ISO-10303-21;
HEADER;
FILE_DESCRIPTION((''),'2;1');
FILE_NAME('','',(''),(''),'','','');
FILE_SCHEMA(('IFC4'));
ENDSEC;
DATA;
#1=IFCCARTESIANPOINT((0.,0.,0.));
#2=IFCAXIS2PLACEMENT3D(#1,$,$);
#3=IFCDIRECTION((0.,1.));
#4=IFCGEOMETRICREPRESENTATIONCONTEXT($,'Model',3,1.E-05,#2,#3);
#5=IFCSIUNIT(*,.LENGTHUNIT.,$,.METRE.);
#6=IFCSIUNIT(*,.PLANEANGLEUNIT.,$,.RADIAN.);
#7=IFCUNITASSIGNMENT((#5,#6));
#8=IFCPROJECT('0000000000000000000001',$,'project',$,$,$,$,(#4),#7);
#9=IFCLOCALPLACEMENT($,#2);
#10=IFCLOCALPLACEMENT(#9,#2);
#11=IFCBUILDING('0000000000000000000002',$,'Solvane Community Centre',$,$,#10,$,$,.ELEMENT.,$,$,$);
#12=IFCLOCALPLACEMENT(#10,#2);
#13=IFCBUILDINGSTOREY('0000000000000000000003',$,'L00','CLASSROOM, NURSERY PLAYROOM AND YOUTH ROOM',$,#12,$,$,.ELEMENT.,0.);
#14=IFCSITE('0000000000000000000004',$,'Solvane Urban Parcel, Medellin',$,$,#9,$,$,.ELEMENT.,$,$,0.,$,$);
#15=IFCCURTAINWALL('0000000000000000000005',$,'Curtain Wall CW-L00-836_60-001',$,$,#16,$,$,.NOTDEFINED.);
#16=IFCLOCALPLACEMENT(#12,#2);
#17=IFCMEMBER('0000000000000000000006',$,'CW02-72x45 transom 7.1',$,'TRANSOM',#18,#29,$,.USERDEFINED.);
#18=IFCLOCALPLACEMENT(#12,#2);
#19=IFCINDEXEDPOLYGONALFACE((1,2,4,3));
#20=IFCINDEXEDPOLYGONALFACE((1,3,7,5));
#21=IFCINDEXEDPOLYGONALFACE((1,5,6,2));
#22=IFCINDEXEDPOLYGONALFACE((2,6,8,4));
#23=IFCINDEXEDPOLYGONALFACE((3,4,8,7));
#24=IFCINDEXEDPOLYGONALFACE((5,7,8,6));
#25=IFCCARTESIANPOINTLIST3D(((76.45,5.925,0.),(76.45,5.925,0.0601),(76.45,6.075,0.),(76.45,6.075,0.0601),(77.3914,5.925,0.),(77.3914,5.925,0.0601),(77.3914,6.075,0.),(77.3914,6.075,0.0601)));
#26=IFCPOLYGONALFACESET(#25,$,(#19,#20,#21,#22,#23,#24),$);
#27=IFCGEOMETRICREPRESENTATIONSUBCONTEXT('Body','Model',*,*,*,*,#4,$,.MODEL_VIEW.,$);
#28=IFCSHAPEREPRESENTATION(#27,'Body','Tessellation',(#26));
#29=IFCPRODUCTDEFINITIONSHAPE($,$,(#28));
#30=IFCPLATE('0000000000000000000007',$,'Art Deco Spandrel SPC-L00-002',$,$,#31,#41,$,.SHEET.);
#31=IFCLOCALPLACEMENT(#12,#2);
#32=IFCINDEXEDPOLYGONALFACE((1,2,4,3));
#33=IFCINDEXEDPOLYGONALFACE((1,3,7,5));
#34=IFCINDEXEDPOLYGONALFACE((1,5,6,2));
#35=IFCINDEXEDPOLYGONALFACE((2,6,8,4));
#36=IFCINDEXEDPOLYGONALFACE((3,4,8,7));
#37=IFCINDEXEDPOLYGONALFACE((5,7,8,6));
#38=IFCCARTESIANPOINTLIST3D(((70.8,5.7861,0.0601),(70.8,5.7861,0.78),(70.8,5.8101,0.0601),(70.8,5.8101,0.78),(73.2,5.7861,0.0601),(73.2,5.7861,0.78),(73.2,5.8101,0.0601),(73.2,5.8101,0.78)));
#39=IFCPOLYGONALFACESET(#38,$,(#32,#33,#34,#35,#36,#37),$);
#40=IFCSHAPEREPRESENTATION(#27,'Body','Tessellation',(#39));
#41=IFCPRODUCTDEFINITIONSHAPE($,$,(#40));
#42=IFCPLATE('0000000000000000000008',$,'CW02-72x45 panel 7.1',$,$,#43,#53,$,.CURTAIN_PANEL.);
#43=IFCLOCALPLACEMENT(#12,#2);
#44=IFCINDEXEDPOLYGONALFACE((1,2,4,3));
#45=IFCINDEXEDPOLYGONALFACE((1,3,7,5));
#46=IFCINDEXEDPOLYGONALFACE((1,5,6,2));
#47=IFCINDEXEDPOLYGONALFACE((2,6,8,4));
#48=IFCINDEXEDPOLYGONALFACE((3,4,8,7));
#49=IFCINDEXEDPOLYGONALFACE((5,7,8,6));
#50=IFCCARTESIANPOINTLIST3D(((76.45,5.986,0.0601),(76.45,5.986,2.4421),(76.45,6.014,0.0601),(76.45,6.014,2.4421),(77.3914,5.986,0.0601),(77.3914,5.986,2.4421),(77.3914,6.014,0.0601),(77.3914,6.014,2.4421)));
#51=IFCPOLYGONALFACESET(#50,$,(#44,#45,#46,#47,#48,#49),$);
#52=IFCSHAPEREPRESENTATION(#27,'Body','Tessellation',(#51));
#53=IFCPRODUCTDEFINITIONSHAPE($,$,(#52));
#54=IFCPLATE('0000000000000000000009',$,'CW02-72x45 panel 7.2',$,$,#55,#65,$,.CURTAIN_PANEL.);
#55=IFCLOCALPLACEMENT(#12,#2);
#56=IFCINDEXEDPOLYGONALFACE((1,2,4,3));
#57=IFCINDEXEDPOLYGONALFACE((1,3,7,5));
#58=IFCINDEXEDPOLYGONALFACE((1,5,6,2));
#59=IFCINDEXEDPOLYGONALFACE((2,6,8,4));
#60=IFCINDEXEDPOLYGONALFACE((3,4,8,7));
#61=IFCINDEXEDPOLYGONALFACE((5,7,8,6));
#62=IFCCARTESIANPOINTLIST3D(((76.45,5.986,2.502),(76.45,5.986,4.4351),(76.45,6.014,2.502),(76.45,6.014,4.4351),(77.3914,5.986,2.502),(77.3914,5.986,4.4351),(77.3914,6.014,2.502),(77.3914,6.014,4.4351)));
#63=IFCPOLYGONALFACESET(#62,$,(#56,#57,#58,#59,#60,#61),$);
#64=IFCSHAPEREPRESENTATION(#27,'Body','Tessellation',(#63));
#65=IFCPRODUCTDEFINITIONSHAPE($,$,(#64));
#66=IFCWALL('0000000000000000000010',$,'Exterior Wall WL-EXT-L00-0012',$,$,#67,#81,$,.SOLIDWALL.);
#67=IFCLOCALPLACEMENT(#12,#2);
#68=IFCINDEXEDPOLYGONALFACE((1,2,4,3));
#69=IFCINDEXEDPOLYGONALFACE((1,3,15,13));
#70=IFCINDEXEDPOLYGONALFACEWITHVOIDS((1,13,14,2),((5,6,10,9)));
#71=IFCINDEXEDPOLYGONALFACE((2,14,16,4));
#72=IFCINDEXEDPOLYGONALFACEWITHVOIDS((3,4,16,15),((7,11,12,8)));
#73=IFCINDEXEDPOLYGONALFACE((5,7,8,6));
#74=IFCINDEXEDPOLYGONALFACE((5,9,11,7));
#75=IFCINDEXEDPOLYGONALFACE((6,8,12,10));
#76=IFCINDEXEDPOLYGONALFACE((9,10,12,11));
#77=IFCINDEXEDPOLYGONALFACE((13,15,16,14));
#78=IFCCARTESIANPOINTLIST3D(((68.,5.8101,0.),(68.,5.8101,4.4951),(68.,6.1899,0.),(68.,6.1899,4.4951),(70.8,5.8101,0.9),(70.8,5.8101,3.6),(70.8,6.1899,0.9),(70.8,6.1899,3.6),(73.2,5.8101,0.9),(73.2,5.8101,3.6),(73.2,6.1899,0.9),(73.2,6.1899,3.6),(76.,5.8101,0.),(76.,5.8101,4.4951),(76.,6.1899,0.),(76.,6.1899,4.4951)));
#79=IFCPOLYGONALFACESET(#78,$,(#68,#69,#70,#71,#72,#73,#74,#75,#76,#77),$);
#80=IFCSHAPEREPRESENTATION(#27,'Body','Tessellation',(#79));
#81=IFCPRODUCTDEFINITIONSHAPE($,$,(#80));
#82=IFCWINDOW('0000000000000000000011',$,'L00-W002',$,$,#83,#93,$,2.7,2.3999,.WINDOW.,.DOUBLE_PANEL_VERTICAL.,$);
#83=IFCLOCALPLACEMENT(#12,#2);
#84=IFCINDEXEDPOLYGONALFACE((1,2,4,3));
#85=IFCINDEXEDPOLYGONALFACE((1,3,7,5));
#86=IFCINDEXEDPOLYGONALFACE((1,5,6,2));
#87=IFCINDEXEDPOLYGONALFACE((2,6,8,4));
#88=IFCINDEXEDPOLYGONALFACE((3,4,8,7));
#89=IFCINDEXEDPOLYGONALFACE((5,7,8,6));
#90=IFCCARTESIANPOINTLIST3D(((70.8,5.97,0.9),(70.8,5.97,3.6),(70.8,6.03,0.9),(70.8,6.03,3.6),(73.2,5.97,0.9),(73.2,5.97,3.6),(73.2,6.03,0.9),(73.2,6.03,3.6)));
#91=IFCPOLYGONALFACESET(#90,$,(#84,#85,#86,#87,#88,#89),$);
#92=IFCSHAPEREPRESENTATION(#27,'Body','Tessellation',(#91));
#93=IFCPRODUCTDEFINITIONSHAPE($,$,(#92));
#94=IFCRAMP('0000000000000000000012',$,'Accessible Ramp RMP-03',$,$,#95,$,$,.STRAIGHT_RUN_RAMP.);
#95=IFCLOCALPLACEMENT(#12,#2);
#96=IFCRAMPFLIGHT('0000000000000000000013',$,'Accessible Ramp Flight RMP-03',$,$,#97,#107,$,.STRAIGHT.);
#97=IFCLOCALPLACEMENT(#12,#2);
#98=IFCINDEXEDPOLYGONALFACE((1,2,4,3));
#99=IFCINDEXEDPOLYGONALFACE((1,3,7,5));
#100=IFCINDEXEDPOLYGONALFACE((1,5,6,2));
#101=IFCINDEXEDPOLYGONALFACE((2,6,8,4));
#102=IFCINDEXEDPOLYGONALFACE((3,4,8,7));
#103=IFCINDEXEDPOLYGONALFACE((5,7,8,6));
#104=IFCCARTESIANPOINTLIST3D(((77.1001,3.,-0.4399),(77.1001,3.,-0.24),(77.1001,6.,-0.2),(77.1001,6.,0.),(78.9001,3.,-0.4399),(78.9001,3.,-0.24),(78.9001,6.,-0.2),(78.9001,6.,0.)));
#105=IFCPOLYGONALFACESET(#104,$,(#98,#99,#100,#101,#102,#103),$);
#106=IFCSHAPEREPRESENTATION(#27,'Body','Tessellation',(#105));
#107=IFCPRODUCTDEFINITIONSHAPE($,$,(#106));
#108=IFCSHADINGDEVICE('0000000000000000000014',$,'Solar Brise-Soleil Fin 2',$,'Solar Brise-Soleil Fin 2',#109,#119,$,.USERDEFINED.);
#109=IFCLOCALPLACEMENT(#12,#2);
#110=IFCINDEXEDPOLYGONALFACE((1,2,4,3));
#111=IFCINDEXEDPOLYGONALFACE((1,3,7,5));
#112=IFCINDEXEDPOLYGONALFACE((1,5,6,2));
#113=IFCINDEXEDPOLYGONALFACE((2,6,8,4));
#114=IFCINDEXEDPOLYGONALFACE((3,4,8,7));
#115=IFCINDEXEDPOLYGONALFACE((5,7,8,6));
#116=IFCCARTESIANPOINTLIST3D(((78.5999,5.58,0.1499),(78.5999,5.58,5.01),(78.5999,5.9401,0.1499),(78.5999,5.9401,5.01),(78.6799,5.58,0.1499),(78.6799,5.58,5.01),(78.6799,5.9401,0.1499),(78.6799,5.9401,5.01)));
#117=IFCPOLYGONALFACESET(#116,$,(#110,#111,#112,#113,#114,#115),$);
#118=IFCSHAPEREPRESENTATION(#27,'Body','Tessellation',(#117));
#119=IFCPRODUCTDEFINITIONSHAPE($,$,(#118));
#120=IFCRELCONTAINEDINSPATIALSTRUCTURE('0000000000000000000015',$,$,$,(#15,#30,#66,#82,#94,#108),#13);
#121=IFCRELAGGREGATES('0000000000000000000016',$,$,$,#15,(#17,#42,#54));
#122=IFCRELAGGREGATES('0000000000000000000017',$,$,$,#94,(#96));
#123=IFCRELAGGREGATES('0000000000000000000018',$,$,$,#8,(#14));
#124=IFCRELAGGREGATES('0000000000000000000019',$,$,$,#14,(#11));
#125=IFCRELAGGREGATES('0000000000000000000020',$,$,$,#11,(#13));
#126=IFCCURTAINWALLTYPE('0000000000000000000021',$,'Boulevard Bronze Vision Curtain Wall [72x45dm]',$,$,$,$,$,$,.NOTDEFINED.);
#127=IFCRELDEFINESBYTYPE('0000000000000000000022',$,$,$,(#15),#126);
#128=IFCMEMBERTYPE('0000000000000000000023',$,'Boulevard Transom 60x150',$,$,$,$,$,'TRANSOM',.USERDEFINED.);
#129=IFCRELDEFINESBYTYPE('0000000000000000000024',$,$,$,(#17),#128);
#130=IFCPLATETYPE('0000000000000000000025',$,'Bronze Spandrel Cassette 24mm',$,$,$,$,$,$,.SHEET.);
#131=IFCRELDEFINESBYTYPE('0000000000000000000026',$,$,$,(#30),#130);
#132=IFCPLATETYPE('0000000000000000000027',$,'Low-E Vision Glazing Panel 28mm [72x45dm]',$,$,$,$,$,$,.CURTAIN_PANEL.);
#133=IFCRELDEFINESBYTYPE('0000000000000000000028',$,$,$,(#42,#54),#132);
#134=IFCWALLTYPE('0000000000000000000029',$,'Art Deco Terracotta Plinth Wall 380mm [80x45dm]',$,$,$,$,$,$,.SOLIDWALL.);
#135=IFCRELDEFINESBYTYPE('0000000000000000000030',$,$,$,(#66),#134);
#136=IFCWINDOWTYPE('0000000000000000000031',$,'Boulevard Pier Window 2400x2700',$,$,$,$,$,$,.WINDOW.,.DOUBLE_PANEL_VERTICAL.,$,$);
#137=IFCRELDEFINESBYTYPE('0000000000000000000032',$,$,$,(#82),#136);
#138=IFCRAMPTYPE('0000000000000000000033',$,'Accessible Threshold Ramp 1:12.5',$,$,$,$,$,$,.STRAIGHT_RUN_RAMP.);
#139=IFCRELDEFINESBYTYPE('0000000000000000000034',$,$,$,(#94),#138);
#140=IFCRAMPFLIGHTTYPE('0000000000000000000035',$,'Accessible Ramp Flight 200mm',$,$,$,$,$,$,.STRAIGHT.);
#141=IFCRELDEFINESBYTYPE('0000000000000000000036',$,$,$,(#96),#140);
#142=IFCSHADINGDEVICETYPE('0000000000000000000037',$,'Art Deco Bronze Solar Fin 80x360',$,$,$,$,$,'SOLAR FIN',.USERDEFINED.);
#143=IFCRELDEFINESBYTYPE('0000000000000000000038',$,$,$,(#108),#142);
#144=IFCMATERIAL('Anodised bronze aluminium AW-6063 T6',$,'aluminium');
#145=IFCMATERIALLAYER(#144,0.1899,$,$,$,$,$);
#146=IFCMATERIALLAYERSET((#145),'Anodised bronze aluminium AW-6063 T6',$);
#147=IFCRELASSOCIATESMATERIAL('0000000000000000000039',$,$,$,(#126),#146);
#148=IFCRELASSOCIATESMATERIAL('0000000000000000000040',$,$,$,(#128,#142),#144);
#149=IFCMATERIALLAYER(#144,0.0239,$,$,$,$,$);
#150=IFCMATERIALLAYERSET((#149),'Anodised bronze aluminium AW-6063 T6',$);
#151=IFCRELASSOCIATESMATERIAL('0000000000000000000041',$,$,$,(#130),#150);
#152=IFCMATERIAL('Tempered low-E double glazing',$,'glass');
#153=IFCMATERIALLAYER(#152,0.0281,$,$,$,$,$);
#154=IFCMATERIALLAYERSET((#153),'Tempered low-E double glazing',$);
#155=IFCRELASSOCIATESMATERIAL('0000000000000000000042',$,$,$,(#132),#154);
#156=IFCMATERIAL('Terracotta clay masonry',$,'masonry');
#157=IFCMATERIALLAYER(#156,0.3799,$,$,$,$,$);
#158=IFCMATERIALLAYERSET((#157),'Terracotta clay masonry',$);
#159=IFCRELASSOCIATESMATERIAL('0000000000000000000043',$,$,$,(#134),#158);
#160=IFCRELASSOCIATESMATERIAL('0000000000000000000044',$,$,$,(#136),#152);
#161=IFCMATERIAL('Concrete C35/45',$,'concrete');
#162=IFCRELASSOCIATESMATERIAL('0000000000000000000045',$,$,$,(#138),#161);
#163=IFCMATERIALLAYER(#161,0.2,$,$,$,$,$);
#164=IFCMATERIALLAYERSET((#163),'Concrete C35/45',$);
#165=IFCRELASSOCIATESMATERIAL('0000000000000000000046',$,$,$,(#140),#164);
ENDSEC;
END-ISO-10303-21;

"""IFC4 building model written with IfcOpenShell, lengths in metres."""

from ifc_helpers import new_model, si_unit, direction, frame, frame_2d, origin, origin_2d, place, context, subcontext, project, spatial, polyline, rectangle, outline, extrude, material, layer, layer_set, material_profile, profile_set, type_object, element, fill, aggregate, save


model = new_model("IFC4")

# Units and contexts
model_context = context("Model", 3, precision=1e-05, world=origin(), true_north=direction((0.0, 1.0)))
body_context = subcontext(model_context, "Body", "Model", "MODEL_VIEW")
ifc_project = project(units=[si_unit("LENGTHUNIT", "METRE"), si_unit("PLANEANGLEUNIT", "RADIAN")], contexts=[model_context])

# Site, building, storey
site_placement = place(None, origin())
site = spatial("IfcSite", under=ifc_project, at=site_placement, Name="Solvane Urban Parcel, Medellin", CompositionType="ELEMENT", RefElevation=0.0)
building_placement = place(site_placement, origin())
building = spatial("IfcBuilding", under=site, at=building_placement, Name="Solvane Community Centre", CompositionType="ELEMENT")
storey_placement = place(building_placement, origin())
storey = spatial("IfcBuildingStorey", under=building, at=storey_placement, Name="L00", Description="CLASSROOM, NURSERY PLAYROOM AND YOUTH ROOM", CompositionType="ELEMENT", Elevation=0.0)

# Curtain wall, member
ifc_material_1 = material(Name="Anodised bronze aluminium AW-6063 T6", Category="aluminium")
ifc_layer_1 = layer(ifc_material_1, 0.1899)
ifc_layer_set_1 = layer_set([ifc_layer_1], Name="Anodised bronze aluminium AW-6063 T6")
curtain_wall_type = type_object("IfcCurtainWallType", Name="Boulevard Bronze Vision Curtain Wall [72x45dm]", PredefinedType="NOTDEFINED", material=ifc_layer_set_1)
curtain_wall_placement = place(storey_placement, origin())
curtain_wall = element("IfcCurtainWall", 1, at=curtain_wall_placement, inside=storey, type_object=curtain_wall_type, Name="Curtain Wall CW-L00-836_60-001", PredefinedType="NOTDEFINED")
ifc_material_profile_1 = material_profile(ifc_material_1, rectangle(XDim=0.1499, YDim=0.0601, at=origin_2d()), Name="CW-T 60x150")
ifc_profile_set_1 = profile_set([ifc_material_profile_1], Name="Anodised bronze aluminium AW-6063 T6")
member_type_1 = type_object("IfcMemberType", Name="Boulevard Transom 60x150", ElementType="TRANSOM", PredefinedType="USERDEFINED", material=ifc_profile_set_1)
member_1_placement = place(storey_placement, frame((77.3914, 6.0, 0.03), z_axis=(-1.0, 0.0, 0.0), x_axis=(0.0, -1.0, 0.0)))
member_1 = element("IfcMember", 2, at=member_1_placement, type_object=member_type_1, Name="CW02-72x45 transom 7.1", ObjectType="TRANSOM", PredefinedType="USERDEFINED", context=body_context, shape_type="SweptSolid", body=[
    extrude(rectangle(XDim=0.1499, YDim=0.0601, at=origin_2d()), origin(), (0.0, 0.0, 1.0), 0.9414),
])

# Plates
ifc_layer_2 = layer(ifc_material_1, 0.0239)
ifc_layer_set_2 = layer_set([ifc_layer_2], Name="Anodised bronze aluminium AW-6063 T6")
plate_type_1 = type_object("IfcPlateType", Name="Bronze Spandrel Cassette 24mm", PredefinedType="SHEET", material=ifc_layer_set_2)
plate_1_placement = place(storey_placement, frame((72.0, 5.7981, 0.0601), z_axis=(0.0, 0.0, 1.0), x_axis=(-1.0, 0.0, 0.0)))
element("IfcPlate", 3, at=plate_1_placement, inside=storey, type_object=plate_type_1, Name="Art Deco Spandrel SPC-L00-002", PredefinedType="SHEET", context=body_context, shape_type="SweptSolid", body=[
    extrude(rectangle(XDim=2.3999, YDim=0.0239, at=origin_2d()), origin(), (0.0, 0.0, 1.0), 0.72),
])
ifc_material_2 = material(Name="Tempered low-E double glazing", Category="glass")
ifc_layer_3 = layer(ifc_material_2, 0.0281)
ifc_layer_set_3 = layer_set([ifc_layer_3], Name="Tempered low-E double glazing")
plate_type_2 = type_object("IfcPlateType", Name="Low-E Vision Glazing Panel 28mm [72x45dm]", PredefinedType="CURTAIN_PANEL", material=ifc_layer_set_3)
plate_2_placement = place(storey_placement, frame((76.9207, 6.0, 0.0601), z_axis=(0.0, 0.0, 1.0), x_axis=(-1.0, 0.0, 0.0)))
plate_2 = element("IfcPlate", 4, at=plate_2_placement, type_object=plate_type_2, Name="CW02-72x45 panel 7.1", PredefinedType="CURTAIN_PANEL", context=body_context, shape_type="SweptSolid", body=[
    extrude(rectangle(XDim=0.9414, YDim=0.0281, at=origin_2d()), origin(), (0.0, 0.0, 1.0), 2.3821),
])
plate_3_placement = place(storey_placement, frame((76.9207, 6.0, 2.502), z_axis=(0.0, 0.0, 1.0), x_axis=(-1.0, 0.0, 0.0)))
plate_3 = element("IfcPlate", 5, at=plate_3_placement, type_object=plate_type_2, Name="CW02-72x45 panel 7.2", PredefinedType="CURTAIN_PANEL", context=body_context, shape_type="SweptSolid", body=[
    extrude(rectangle(XDim=0.9414, YDim=0.0281, at=origin_2d()), origin(), (0.0, 0.0, 1.0), 1.9331),
])
aggregate(curtain_wall, [member_1, plate_2, plate_3])

# Wall, opening, window
ifc_material_3 = material(Name="Terracotta clay masonry", Category="masonry")
ifc_layer_4 = layer(ifc_material_3, 0.3799)
ifc_layer_set_4 = layer_set([ifc_layer_4], Name="Terracotta clay masonry")
wall_type = type_object("IfcWallType", Name="Art Deco Terracotta Plinth Wall 380mm [80x45dm]", PredefinedType="SOLIDWALL", material=ifc_layer_set_4)
wall_placement = place(storey_placement, frame((76.0, 6.0, 0.0), z_axis=(0.0, 0.0, 1.0), x_axis=(-1.0, 0.0, 0.0)))
wall = element("IfcWall", 6, at=wall_placement, inside=storey, type_object=wall_type, Name="Exterior Wall WL-EXT-L00-0012", PredefinedType="SOLIDWALL", context=body_context, shape_type="SweptSolid", body=[
    extrude(rectangle(XDim=8.0, YDim=0.3799, at=frame_2d((4.0, 0.0))), origin(), (0.0, 0.0, 1.0), 4.4951),
])
opening_placement = place(wall_placement, frame((2.8, 0.0, 0.8999)))
opening = element("IfcOpeningElement", 7, at=opening_placement, cuts=wall, PredefinedType="OPENING", context=body_context, shape_type="SweptSolid", body=[
    extrude(rectangle(XDim=2.3999, YDim=2.7, at=frame_2d((1.2, 1.3501))), frame((0.0, 0.2, 0.0), z_axis=(0.0, -1.0, 0.0), x_axis=(1.0, 0.0, 0.0)), (0.0, 0.0, 1.0), 0.3999),
])
window_type = type_object("IfcWindowType", Name="Boulevard Pier Window 2400x2700", PartitioningType="DOUBLE_PANEL_VERTICAL", PredefinedType="WINDOW", material=ifc_material_2)
window_placement = place(opening_placement, origin())
window = element("IfcWindow", 8, at=window_placement, inside=storey, type_object=window_type, Name="L00-W002", OverallHeight=2.7, OverallWidth=2.3999, PartitioningType="DOUBLE_PANEL_VERTICAL", PredefinedType="WINDOW", context=body_context, shape_type="SweptSolid", body=[
    extrude(rectangle(XDim=2.3999, YDim=2.7, at=frame_2d((1.2, 1.3501))), frame((0.0, 0.03, 0.0), z_axis=(0.0, -1.0, 0.0), x_axis=(1.0, 0.0, 0.0)), (0.0, 0.0, 1.0), 0.0601),
])
fill(opening, window)

# Ramp, ramp flight
ifc_material_4 = material(Name="Concrete C35/45", Category="concrete")
ramp_type = type_object("IfcRampType", Name="Accessible Threshold Ramp 1:12.5", PredefinedType="STRAIGHT_RUN_RAMP", material=ifc_material_4)
ramp_placement = place(storey_placement, origin())
ramp = element("IfcRamp", 9, at=ramp_placement, inside=storey, type_object=ramp_type, Name="Accessible Ramp RMP-03", PredefinedType="STRAIGHT_RUN_RAMP")
ifc_layer_5 = layer(ifc_material_4, 0.2)
ifc_layer_set_5 = layer_set([ifc_layer_5], Name="Concrete C35/45")
ramp_flight_type = type_object("IfcRampFlightType", Name="Accessible Ramp Flight 200mm", PredefinedType="STRAIGHT", material=ifc_layer_set_5)
ramp_flight_placement = place(storey_placement, frame((78.0, 3.0, -0.24), z_axis=(0.0, 0.0, 1.0), x_axis=(0.0, 1.0, 0.0)))
ramp_flight = element("IfcRampFlight", 10, at=ramp_flight_placement, type_object=ramp_flight_type, Name="Accessible Ramp Flight RMP-03", PredefinedType="STRAIGHT", context=body_context, shape_type="SweptSolid", body=[
    extrude(outline(polyline([(0.0, 0.0), (3.0, 0.24), (3.0, 0.04), (0.0, -0.2), (0.0, 0.0)])), frame((0.0, 0.8999, 0.0), z_axis=(0.0, -1.0, 0.0), x_axis=(1.0, 0.0, 0.0)), (0.0, 0.0, 1.0), 1.8),
])
aggregate(ramp, [ramp_flight])

# Shading device
shading_device_type_1 = type_object("IfcShadingDeviceType", Name="Art Deco Bronze Solar Fin 80x360", ElementType="SOLAR FIN", PredefinedType="USERDEFINED", material=ifc_material_1)
shading_device_1_placement = place(storey_placement, frame((78.6399, 5.76, 0.1499), z_axis=(0.0, 0.0, 1.0), x_axis=(-1.0, 0.0, 0.0)))
element("IfcShadingDevice", 11, at=shading_device_1_placement, inside=storey, type_object=shading_device_type_1, Name="Solar Brise-Soleil Fin 2", ObjectType="Solar Brise-Soleil Fin 2", PredefinedType="USERDEFINED", context=body_context, shape_type="SweptSolid", body=[
    extrude(rectangle(XDim=0.0801, YDim=0.3601, at=origin_2d()), origin(), (0.0, 0.0, 1.0), 4.8601),
])

save(model, "model.ifc")
